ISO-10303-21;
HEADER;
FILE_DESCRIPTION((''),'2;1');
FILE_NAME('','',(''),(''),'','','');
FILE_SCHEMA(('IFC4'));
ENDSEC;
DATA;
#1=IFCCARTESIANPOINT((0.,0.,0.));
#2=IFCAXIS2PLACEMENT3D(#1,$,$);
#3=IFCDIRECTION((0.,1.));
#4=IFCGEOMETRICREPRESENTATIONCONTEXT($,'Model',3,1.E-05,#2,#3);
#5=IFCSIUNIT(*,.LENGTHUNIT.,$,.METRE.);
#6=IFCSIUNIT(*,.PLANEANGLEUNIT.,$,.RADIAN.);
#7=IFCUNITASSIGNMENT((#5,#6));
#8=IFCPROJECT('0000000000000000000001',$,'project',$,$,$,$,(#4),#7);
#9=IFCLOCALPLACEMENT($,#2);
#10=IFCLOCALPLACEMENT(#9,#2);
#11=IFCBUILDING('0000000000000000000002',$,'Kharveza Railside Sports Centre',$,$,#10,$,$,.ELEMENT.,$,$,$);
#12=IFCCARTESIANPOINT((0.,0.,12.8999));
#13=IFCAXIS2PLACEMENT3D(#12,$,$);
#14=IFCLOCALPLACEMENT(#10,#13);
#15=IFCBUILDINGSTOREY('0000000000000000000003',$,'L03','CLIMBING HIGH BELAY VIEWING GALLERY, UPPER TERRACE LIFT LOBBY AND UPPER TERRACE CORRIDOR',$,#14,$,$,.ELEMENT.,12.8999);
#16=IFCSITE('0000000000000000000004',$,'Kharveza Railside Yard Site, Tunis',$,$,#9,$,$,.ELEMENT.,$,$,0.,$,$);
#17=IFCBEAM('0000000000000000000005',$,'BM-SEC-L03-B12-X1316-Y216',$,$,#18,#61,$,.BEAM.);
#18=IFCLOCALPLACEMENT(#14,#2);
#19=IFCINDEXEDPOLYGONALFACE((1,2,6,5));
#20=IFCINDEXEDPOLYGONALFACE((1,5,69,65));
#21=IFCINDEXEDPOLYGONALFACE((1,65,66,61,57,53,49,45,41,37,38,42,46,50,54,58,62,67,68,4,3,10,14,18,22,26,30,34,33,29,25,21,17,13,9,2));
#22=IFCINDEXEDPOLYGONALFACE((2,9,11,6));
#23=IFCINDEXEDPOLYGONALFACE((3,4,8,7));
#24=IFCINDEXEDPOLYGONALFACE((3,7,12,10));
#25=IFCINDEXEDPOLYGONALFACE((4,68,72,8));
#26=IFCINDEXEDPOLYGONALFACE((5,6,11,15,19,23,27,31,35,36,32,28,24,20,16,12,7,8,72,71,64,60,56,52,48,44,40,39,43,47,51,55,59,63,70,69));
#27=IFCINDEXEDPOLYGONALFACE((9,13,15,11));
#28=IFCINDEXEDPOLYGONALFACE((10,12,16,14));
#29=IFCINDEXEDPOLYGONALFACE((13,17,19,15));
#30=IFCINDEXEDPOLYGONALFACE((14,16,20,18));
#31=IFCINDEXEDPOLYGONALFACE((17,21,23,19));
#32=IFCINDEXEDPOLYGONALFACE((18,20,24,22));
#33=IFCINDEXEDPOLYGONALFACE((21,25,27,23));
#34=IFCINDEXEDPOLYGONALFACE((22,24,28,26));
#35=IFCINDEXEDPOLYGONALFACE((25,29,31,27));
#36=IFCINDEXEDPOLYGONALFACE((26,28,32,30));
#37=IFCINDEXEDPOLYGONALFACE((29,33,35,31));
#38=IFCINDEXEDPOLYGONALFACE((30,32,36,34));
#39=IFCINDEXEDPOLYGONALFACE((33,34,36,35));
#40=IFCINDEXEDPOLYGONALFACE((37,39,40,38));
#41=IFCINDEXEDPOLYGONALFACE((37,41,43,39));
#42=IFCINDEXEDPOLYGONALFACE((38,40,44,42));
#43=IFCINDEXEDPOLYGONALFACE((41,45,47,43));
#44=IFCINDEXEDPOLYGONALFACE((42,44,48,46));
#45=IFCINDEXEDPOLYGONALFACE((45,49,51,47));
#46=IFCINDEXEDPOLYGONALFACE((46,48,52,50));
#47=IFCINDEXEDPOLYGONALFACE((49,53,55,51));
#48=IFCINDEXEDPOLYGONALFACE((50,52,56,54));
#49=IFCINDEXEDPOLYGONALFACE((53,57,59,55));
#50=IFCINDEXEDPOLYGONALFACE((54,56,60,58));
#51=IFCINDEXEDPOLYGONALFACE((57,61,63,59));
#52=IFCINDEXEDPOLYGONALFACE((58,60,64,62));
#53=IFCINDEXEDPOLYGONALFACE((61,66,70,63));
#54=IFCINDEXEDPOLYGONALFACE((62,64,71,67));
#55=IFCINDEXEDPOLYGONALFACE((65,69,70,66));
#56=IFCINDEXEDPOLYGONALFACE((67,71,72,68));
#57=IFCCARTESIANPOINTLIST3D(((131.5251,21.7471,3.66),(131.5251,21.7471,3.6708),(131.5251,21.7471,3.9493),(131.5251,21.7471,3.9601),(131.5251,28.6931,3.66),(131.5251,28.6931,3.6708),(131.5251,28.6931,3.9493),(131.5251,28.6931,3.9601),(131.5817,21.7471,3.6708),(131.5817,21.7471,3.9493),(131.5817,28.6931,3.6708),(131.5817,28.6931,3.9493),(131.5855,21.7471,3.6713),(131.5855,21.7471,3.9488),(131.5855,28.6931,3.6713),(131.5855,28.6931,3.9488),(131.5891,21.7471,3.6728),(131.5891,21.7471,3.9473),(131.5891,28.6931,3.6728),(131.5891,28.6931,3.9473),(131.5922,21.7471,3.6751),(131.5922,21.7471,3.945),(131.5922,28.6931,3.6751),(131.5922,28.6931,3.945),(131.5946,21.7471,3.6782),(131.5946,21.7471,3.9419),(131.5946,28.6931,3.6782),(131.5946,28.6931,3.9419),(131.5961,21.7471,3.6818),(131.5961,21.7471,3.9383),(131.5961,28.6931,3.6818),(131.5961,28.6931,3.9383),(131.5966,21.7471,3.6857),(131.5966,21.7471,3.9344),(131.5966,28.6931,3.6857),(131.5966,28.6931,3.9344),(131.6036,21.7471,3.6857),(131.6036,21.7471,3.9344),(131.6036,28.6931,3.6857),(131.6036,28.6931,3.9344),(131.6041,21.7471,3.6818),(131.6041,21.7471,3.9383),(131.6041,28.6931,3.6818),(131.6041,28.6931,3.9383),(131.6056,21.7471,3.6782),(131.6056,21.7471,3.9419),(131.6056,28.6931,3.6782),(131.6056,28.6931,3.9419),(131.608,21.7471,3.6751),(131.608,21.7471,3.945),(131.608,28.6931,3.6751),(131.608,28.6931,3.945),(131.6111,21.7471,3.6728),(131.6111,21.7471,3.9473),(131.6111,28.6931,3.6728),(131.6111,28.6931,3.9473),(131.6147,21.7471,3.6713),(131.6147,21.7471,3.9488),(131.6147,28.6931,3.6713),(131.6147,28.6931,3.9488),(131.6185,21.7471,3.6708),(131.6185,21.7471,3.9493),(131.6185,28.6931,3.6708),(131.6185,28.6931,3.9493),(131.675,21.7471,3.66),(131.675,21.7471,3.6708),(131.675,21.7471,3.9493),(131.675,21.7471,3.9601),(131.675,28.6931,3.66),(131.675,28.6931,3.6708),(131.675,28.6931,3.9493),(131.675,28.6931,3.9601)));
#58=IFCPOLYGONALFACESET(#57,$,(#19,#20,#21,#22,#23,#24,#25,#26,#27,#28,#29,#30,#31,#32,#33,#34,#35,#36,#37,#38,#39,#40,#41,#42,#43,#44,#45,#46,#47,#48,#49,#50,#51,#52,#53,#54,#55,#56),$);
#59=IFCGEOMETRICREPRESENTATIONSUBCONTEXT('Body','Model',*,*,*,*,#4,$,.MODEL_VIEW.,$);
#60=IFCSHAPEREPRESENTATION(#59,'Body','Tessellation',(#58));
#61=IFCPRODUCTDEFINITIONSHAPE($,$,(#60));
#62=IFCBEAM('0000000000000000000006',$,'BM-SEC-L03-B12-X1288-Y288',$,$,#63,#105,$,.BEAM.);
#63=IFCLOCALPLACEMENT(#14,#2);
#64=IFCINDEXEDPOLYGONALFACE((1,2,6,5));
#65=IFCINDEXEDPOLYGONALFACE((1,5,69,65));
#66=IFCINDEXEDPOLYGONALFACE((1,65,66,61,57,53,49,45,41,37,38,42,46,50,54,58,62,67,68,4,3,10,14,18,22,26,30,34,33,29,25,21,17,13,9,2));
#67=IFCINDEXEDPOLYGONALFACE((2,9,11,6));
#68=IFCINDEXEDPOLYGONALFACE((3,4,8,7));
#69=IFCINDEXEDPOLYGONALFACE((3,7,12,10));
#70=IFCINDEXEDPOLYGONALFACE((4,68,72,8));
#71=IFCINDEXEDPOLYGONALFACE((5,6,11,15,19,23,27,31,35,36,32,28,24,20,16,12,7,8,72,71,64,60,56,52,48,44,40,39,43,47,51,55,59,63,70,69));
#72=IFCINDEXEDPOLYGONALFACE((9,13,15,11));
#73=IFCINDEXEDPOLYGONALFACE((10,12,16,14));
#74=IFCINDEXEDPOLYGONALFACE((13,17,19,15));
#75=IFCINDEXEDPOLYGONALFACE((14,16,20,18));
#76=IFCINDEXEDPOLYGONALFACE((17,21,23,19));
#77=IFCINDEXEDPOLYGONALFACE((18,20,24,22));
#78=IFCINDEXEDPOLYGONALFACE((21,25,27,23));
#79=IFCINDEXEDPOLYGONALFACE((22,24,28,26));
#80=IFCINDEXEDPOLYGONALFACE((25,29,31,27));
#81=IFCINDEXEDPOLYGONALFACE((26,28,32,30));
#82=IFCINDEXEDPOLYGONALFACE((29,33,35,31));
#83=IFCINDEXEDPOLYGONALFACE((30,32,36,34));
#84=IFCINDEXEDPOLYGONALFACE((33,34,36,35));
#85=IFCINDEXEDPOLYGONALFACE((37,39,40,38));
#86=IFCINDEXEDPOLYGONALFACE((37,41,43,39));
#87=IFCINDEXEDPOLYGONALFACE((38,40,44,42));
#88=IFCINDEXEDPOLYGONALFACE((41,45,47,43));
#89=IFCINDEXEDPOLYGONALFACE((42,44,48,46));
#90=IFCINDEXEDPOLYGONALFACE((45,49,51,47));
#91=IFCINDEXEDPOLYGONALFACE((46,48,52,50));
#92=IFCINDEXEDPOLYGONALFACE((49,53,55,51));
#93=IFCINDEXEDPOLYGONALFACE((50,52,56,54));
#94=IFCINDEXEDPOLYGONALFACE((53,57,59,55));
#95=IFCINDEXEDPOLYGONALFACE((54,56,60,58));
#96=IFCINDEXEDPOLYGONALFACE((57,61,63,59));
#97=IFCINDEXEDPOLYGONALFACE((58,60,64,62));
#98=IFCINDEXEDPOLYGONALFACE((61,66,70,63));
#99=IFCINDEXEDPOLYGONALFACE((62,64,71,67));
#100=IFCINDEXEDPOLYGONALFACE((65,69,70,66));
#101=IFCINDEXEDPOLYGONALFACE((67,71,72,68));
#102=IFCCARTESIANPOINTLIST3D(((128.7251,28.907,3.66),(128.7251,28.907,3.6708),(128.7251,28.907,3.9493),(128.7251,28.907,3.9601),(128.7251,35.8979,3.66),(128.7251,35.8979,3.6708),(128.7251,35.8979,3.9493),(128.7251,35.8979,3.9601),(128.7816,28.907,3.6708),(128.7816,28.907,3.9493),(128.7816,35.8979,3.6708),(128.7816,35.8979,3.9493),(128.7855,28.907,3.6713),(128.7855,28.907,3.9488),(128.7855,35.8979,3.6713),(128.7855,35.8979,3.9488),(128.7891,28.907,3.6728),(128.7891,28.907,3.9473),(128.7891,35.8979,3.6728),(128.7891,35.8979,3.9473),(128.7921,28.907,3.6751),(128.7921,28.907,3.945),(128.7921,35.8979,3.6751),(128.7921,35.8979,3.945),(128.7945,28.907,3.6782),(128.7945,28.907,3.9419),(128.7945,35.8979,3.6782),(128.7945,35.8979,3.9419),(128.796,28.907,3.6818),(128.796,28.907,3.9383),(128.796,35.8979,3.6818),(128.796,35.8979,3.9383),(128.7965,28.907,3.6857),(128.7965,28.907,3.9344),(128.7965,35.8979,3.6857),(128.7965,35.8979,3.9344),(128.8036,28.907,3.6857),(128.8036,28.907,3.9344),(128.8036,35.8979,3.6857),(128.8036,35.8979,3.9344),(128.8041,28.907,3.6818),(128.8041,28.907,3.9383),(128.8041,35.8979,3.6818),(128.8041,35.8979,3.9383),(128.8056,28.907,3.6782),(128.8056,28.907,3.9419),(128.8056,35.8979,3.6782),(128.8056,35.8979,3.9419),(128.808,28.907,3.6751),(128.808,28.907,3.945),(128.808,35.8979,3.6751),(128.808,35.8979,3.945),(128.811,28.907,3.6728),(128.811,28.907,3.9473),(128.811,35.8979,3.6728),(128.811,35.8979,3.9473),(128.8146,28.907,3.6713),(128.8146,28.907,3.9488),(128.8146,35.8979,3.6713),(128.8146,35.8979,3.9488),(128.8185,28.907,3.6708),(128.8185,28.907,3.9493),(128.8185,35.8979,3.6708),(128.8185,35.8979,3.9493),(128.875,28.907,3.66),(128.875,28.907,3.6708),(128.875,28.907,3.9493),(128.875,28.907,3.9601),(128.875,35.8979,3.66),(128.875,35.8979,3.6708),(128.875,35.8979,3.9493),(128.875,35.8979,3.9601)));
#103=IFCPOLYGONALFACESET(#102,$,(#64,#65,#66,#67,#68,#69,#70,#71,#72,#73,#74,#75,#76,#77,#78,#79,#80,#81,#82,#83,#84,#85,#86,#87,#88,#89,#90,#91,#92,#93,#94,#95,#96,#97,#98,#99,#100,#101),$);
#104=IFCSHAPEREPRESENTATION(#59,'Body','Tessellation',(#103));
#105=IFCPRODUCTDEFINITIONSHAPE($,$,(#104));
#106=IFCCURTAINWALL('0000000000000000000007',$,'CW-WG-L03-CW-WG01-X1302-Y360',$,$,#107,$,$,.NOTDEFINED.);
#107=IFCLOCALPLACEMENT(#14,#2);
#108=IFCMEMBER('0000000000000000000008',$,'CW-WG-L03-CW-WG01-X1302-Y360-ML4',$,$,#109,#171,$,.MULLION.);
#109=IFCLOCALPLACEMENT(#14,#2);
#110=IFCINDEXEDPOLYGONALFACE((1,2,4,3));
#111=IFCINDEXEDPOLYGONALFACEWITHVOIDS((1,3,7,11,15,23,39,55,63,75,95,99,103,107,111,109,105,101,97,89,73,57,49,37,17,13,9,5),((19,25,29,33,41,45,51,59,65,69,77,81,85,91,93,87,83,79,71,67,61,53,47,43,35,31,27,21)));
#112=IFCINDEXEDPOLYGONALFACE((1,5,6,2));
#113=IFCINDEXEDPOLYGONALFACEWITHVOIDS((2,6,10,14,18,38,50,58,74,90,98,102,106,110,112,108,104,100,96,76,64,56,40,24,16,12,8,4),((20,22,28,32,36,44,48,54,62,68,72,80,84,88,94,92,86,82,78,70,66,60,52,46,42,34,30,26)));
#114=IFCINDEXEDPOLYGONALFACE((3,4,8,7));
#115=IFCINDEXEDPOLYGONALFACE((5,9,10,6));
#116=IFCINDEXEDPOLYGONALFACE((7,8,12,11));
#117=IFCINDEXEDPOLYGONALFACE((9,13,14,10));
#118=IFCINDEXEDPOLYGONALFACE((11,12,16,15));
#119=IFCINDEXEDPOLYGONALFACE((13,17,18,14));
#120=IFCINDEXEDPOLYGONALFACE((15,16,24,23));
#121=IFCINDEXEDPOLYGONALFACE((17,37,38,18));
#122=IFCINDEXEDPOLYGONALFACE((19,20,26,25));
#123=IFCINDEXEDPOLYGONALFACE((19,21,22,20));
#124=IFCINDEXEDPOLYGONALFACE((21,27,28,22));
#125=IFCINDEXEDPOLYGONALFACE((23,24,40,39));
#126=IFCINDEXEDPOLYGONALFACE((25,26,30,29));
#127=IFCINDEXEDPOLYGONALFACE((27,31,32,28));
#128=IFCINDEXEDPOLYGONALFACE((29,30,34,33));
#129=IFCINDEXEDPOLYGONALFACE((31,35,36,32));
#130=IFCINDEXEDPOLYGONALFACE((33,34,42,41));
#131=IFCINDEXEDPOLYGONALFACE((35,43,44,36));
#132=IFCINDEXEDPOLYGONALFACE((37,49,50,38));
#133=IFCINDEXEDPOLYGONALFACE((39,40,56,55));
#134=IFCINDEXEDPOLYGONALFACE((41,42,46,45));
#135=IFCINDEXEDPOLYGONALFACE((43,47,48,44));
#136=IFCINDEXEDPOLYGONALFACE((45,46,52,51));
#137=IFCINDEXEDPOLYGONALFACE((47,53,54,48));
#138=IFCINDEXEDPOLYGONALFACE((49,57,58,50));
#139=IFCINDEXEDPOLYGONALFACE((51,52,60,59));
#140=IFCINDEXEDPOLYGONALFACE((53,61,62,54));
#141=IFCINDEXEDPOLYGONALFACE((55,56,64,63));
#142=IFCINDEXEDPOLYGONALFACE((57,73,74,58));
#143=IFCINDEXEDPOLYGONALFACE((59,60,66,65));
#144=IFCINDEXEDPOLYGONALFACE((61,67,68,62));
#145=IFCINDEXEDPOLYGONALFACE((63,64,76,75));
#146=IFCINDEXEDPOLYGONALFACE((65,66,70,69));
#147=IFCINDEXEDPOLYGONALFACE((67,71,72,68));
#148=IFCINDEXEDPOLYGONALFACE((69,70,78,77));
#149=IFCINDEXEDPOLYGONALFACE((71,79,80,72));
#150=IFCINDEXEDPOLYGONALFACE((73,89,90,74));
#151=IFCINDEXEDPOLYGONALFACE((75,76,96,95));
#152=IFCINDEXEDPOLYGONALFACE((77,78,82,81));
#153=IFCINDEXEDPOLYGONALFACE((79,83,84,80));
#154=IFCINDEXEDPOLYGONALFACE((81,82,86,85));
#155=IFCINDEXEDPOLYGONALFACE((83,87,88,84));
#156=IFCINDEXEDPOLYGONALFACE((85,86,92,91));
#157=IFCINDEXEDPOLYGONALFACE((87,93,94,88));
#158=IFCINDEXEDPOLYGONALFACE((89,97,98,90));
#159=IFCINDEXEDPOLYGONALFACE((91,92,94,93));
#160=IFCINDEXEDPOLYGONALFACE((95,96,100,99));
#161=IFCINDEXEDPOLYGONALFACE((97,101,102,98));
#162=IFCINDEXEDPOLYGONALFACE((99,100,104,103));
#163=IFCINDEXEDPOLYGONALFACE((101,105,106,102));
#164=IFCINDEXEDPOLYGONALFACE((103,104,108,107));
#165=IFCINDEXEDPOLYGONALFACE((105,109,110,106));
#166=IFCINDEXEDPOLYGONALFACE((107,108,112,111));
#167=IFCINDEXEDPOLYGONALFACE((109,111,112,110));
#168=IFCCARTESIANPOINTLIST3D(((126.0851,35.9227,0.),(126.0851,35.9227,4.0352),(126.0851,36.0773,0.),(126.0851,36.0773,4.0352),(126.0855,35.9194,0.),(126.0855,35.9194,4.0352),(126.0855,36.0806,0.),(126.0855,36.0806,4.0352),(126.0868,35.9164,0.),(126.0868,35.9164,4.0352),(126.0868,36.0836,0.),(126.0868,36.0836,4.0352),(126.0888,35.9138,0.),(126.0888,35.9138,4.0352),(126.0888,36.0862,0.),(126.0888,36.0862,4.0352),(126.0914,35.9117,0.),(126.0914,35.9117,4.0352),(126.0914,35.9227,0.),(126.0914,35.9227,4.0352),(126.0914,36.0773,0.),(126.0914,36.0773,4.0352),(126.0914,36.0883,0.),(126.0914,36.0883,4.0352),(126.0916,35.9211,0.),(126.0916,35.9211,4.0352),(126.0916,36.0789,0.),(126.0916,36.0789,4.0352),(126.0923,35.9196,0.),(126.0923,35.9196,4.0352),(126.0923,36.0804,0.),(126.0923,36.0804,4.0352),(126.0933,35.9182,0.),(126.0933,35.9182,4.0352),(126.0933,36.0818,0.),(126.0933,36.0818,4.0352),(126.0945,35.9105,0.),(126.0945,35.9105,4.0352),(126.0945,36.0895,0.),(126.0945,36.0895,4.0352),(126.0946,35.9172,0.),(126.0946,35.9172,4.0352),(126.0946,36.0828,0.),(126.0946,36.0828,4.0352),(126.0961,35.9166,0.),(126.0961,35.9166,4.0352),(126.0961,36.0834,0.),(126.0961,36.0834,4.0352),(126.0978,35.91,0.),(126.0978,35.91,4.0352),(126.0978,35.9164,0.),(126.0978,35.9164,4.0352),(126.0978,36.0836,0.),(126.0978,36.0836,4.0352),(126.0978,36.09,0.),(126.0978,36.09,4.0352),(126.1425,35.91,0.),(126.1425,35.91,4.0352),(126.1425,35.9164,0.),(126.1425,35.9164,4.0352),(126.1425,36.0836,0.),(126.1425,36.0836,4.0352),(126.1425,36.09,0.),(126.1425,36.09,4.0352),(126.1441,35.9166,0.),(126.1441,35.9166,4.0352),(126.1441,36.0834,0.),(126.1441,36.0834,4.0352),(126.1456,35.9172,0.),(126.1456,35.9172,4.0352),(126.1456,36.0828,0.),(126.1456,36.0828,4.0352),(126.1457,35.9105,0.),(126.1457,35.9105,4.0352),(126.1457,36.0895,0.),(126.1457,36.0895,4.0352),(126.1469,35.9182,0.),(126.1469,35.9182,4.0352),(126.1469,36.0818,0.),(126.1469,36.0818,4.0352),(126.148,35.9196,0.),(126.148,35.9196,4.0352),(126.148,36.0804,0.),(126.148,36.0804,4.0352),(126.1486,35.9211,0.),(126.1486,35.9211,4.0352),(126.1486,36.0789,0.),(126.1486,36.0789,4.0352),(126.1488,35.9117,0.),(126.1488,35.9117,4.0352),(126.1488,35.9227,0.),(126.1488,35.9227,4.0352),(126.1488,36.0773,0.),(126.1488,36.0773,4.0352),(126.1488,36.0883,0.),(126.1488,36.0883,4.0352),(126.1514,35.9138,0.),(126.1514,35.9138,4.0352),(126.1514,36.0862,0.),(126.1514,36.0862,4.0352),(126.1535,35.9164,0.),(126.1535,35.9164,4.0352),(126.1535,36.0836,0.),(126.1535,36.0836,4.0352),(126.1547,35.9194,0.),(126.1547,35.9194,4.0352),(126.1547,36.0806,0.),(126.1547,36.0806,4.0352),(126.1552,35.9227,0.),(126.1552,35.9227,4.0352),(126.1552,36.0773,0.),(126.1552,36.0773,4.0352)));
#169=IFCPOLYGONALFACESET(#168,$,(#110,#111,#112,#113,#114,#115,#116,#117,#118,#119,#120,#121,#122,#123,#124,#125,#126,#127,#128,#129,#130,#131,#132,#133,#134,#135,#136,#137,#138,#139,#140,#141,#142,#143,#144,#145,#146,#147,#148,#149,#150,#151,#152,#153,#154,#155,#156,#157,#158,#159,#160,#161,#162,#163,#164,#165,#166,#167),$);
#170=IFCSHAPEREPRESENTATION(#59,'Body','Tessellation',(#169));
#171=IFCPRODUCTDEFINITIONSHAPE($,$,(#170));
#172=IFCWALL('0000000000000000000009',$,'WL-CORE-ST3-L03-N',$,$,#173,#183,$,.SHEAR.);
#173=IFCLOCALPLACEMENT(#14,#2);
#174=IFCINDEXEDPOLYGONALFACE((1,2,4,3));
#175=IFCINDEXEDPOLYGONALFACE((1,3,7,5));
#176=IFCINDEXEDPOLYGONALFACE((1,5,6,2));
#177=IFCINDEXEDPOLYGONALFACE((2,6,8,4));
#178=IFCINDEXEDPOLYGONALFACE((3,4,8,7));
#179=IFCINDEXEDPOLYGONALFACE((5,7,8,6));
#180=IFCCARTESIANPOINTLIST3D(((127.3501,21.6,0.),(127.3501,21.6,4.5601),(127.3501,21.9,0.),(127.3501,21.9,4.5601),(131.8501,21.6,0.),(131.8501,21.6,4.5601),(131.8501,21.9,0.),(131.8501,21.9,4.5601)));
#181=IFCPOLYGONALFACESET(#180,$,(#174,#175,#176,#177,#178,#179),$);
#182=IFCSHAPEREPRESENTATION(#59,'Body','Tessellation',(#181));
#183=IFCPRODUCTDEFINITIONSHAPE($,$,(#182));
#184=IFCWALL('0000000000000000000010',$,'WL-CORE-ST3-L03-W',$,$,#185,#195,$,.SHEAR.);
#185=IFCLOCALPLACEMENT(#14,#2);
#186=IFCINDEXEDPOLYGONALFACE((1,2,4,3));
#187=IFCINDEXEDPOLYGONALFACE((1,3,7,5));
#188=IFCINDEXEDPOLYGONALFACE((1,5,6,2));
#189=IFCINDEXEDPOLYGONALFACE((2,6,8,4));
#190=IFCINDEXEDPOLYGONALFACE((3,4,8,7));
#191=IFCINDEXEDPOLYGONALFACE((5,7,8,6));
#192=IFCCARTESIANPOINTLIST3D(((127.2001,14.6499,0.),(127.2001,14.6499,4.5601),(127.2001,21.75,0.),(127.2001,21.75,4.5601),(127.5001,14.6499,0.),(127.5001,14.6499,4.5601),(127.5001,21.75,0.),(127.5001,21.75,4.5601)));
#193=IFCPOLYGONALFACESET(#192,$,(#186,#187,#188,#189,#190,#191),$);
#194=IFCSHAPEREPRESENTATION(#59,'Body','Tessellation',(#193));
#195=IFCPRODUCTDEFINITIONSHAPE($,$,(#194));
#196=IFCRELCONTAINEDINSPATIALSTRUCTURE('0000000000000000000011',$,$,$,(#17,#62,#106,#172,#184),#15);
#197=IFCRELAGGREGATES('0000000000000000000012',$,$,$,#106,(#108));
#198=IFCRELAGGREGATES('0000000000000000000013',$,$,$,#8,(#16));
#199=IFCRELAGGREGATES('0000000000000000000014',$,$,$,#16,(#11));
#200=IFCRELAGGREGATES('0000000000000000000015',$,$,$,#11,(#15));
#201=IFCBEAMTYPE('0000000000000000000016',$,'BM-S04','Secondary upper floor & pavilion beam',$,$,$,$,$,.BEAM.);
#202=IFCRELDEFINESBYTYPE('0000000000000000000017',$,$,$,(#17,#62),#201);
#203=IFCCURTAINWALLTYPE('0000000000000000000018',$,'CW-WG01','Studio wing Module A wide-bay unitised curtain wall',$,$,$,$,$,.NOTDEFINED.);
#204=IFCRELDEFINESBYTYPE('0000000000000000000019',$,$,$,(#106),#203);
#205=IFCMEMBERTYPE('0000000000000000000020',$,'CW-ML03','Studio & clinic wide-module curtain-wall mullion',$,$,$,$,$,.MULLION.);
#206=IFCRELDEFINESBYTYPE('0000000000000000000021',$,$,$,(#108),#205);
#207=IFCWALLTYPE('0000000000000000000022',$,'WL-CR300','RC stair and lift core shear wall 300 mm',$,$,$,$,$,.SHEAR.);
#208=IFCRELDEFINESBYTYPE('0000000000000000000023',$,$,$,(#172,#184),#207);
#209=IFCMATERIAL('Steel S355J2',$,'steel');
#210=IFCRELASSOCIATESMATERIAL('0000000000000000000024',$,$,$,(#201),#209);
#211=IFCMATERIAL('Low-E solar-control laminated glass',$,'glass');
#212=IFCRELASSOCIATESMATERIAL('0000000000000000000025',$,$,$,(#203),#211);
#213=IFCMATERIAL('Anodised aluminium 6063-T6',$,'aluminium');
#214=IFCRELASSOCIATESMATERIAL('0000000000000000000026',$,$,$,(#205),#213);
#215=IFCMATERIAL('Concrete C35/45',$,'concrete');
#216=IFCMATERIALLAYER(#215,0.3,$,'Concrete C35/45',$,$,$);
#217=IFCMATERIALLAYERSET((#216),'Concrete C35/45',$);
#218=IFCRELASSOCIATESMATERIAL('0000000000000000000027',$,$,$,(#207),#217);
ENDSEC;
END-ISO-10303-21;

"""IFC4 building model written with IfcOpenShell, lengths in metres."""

from ifc_helpers import new_model, si_unit, direction, frame, frame_2d, origin, origin_2d, place, context, subcontext, project, spatial, rectangle, hollow_rectangle, i_section, extrude, material, layer, layer_set, material_profile, profile_set, type_object, element, aggregate, save


model = new_model("IFC4")

# Units and contexts
model_context = context("Model", 3, precision=1e-05, world=origin(), true_north=direction((0.0, 1.0)))
body_context = subcontext(model_context, "Body", "Model", "MODEL_VIEW")
ifc_project = project(units=[si_unit("LENGTHUNIT", "METRE"), si_unit("PLANEANGLEUNIT", "RADIAN")], contexts=[model_context])

# Site, building, storey
site_placement = place(None, origin())
site = spatial("IfcSite", under=ifc_project, at=site_placement, Name="Kharveza Railside Yard Site, Tunis", CompositionType="ELEMENT", RefElevation=0.0)
building_placement = place(site_placement, origin())
building = spatial("IfcBuilding", under=site, at=building_placement, Name="Kharveza Railside Sports Centre", CompositionType="ELEMENT")
storey_placement = place(building_placement, frame((0.0, 0.0, 12.8999)))
storey = spatial("IfcBuildingStorey", under=building, at=storey_placement, Name="L03", Description="CLIMBING HIGH BELAY VIEWING GALLERY, UPPER TERRACE LIFT LOBBY AND UPPER TERRACE CORRIDOR", CompositionType="ELEMENT", Elevation=12.8999)

# Shared definitions
ifc_material_1 = material(Name="Steel S355J2", Category="steel")

# Beams
ifc_material_profile_1 = material_profile(ifc_material_1, i_section(OverallWidth=0.1499, OverallDepth=0.3, WebThickness=0.0071, FlangeThickness=0.0107, FilletRadius=0.0149, at=origin_2d()), Name="IPE 300")
ifc_profile_set_1 = profile_set([ifc_material_profile_1], Name="Steel S355J2")
beam_type_1 = type_object("IfcBeamType", Name="BM-S04", Description="Secondary upper floor & pavilion beam", PredefinedType="BEAM", material=ifc_profile_set_1)
beam_1_placement = place(storey_placement, frame((131.6001, 21.7471, 3.8101), z_axis=(0.0, 1.0, 0.0), x_axis=(-1.0, 0.0, 0.0)))
element("IfcBeam", 1, at=beam_1_placement, inside=storey, type_object=beam_type_1, Name="BM-SEC-L03-B12-X1316-Y216", PredefinedType="BEAM", context=body_context, shape_type="SweptSolid", body=[
    extrude(i_section(OverallWidth=0.1499, OverallDepth=0.3, WebThickness=0.0071, FlangeThickness=0.0107, FilletRadius=0.0149, at=origin_2d()), origin(), (0.0, 0.0, 1.0), 6.946),
])
beam_2_placement = place(storey_placement, frame((128.8, 28.907, 3.8101), z_axis=(0.0, 1.0, 0.0), x_axis=(-1.0, 0.0, 0.0)))
element("IfcBeam", 2, at=beam_2_placement, inside=storey, type_object=beam_type_1, Name="BM-SEC-L03-B12-X1288-Y288", PredefinedType="BEAM", context=body_context, shape_type="SweptSolid", body=[
    extrude(i_section(OverallWidth=0.1499, OverallDepth=0.3, WebThickness=0.0071, FlangeThickness=0.0107, FilletRadius=0.0149, at=origin_2d()), origin(), (0.0, 0.0, 1.0), 6.991),
])

# Curtain wall, member
ifc_material_2 = material(Name="Low-E solar-control laminated glass", Category="glass")
curtain_wall_type = type_object("IfcCurtainWallType", Name="CW-WG01", Description="Studio wing Module A wide-bay unitised curtain wall", PredefinedType="NOTDEFINED", material=ifc_material_2)
curtain_wall_placement = place(storey_placement, origin())
curtain_wall = element("IfcCurtainWall", 3, at=curtain_wall_placement, inside=storey, type_object=curtain_wall_type, Name="CW-WG-L03-CW-WG01-X1302-Y360", PredefinedType="NOTDEFINED")
ifc_material_3 = material(Name="Anodised aluminium 6063-T6", Category="aluminium")
ifc_material_profile_2 = material_profile(ifc_material_3, hollow_rectangle(XDim=0.0701, YDim=0.1799, WallThickness=0.0063, InnerFilletRadius=0.0063, OuterFilletRadius=0.0127, at=origin_2d()), Name="RHS 70x180x6.3")
ifc_profile_set_2 = profile_set([ifc_material_profile_2], Name="Anodised aluminium 6063-T6")
member_type = type_object("IfcMemberType", Name="CW-ML03", Description="Studio & clinic wide-module curtain-wall mullion", PredefinedType="MULLION", material=ifc_profile_set_2)
member_placement = place(storey_placement, frame((126.1201, 36.0, 0.0), z_axis=(0.0, 0.0, 1.0), x_axis=(1.0, 0.0, 0.0)))
member = element("IfcMember", 4, at=member_placement, type_object=member_type, Name="CW-WG-L03-CW-WG01-X1302-Y360-ML4", PredefinedType="MULLION", context=body_context, shape_type="SweptSolid", body=[
    extrude(hollow_rectangle(XDim=0.0701, YDim=0.1799, WallThickness=0.0063, InnerFilletRadius=0.0063, OuterFilletRadius=0.0127, at=origin_2d()), origin(), (0.0, 0.0, 1.0), 4.0352),
])
aggregate(curtain_wall, [member])

# Walls
ifc_material_4 = material(Name="Concrete C35/45", Category="concrete")
ifc_layer_1 = layer(ifc_material_4, 0.3, Name="Concrete C35/45")
ifc_layer_set_1 = layer_set([ifc_layer_1], Name="Concrete C35/45")
wall_type_1 = type_object("IfcWallType", Name="WL-CR300", Description="RC stair and lift core shear wall 300 mm", PredefinedType="SHEAR", material=ifc_layer_set_1)
wall_1_placement = place(storey_placement, frame((131.8501, 21.75, 0.0), z_axis=(0.0, 0.0, 1.0), x_axis=(-1.0, 0.0, 0.0)))
element("IfcWall", 5, at=wall_1_placement, inside=storey, type_object=wall_type_1, Name="WL-CORE-ST3-L03-N", PredefinedType="SHEAR", context=body_context, shape_type="SweptSolid", body=[
    extrude(rectangle(XDim=4.5, YDim=0.3, at=frame_2d((2.25, 0.0))), origin(), (0.0, 0.0, 1.0), 4.5601),
])
wall_2_placement = place(storey_placement, frame((127.3501, 21.75, 0.0), z_axis=(0.0, 0.0, 1.0), x_axis=(0.0, -1.0, 0.0)))
element("IfcWall", 6, at=wall_2_placement, inside=storey, type_object=wall_type_1, Name="WL-CORE-ST3-L03-W", PredefinedType="SHEAR", context=body_context, shape_type="SweptSolid", body=[
    extrude(rectangle(XDim=7.1001, YDim=0.3, at=frame_2d((3.55, 0.0))), origin(), (0.0, 0.0, 1.0), 4.5601),
])

save(model, "model.ifc")
